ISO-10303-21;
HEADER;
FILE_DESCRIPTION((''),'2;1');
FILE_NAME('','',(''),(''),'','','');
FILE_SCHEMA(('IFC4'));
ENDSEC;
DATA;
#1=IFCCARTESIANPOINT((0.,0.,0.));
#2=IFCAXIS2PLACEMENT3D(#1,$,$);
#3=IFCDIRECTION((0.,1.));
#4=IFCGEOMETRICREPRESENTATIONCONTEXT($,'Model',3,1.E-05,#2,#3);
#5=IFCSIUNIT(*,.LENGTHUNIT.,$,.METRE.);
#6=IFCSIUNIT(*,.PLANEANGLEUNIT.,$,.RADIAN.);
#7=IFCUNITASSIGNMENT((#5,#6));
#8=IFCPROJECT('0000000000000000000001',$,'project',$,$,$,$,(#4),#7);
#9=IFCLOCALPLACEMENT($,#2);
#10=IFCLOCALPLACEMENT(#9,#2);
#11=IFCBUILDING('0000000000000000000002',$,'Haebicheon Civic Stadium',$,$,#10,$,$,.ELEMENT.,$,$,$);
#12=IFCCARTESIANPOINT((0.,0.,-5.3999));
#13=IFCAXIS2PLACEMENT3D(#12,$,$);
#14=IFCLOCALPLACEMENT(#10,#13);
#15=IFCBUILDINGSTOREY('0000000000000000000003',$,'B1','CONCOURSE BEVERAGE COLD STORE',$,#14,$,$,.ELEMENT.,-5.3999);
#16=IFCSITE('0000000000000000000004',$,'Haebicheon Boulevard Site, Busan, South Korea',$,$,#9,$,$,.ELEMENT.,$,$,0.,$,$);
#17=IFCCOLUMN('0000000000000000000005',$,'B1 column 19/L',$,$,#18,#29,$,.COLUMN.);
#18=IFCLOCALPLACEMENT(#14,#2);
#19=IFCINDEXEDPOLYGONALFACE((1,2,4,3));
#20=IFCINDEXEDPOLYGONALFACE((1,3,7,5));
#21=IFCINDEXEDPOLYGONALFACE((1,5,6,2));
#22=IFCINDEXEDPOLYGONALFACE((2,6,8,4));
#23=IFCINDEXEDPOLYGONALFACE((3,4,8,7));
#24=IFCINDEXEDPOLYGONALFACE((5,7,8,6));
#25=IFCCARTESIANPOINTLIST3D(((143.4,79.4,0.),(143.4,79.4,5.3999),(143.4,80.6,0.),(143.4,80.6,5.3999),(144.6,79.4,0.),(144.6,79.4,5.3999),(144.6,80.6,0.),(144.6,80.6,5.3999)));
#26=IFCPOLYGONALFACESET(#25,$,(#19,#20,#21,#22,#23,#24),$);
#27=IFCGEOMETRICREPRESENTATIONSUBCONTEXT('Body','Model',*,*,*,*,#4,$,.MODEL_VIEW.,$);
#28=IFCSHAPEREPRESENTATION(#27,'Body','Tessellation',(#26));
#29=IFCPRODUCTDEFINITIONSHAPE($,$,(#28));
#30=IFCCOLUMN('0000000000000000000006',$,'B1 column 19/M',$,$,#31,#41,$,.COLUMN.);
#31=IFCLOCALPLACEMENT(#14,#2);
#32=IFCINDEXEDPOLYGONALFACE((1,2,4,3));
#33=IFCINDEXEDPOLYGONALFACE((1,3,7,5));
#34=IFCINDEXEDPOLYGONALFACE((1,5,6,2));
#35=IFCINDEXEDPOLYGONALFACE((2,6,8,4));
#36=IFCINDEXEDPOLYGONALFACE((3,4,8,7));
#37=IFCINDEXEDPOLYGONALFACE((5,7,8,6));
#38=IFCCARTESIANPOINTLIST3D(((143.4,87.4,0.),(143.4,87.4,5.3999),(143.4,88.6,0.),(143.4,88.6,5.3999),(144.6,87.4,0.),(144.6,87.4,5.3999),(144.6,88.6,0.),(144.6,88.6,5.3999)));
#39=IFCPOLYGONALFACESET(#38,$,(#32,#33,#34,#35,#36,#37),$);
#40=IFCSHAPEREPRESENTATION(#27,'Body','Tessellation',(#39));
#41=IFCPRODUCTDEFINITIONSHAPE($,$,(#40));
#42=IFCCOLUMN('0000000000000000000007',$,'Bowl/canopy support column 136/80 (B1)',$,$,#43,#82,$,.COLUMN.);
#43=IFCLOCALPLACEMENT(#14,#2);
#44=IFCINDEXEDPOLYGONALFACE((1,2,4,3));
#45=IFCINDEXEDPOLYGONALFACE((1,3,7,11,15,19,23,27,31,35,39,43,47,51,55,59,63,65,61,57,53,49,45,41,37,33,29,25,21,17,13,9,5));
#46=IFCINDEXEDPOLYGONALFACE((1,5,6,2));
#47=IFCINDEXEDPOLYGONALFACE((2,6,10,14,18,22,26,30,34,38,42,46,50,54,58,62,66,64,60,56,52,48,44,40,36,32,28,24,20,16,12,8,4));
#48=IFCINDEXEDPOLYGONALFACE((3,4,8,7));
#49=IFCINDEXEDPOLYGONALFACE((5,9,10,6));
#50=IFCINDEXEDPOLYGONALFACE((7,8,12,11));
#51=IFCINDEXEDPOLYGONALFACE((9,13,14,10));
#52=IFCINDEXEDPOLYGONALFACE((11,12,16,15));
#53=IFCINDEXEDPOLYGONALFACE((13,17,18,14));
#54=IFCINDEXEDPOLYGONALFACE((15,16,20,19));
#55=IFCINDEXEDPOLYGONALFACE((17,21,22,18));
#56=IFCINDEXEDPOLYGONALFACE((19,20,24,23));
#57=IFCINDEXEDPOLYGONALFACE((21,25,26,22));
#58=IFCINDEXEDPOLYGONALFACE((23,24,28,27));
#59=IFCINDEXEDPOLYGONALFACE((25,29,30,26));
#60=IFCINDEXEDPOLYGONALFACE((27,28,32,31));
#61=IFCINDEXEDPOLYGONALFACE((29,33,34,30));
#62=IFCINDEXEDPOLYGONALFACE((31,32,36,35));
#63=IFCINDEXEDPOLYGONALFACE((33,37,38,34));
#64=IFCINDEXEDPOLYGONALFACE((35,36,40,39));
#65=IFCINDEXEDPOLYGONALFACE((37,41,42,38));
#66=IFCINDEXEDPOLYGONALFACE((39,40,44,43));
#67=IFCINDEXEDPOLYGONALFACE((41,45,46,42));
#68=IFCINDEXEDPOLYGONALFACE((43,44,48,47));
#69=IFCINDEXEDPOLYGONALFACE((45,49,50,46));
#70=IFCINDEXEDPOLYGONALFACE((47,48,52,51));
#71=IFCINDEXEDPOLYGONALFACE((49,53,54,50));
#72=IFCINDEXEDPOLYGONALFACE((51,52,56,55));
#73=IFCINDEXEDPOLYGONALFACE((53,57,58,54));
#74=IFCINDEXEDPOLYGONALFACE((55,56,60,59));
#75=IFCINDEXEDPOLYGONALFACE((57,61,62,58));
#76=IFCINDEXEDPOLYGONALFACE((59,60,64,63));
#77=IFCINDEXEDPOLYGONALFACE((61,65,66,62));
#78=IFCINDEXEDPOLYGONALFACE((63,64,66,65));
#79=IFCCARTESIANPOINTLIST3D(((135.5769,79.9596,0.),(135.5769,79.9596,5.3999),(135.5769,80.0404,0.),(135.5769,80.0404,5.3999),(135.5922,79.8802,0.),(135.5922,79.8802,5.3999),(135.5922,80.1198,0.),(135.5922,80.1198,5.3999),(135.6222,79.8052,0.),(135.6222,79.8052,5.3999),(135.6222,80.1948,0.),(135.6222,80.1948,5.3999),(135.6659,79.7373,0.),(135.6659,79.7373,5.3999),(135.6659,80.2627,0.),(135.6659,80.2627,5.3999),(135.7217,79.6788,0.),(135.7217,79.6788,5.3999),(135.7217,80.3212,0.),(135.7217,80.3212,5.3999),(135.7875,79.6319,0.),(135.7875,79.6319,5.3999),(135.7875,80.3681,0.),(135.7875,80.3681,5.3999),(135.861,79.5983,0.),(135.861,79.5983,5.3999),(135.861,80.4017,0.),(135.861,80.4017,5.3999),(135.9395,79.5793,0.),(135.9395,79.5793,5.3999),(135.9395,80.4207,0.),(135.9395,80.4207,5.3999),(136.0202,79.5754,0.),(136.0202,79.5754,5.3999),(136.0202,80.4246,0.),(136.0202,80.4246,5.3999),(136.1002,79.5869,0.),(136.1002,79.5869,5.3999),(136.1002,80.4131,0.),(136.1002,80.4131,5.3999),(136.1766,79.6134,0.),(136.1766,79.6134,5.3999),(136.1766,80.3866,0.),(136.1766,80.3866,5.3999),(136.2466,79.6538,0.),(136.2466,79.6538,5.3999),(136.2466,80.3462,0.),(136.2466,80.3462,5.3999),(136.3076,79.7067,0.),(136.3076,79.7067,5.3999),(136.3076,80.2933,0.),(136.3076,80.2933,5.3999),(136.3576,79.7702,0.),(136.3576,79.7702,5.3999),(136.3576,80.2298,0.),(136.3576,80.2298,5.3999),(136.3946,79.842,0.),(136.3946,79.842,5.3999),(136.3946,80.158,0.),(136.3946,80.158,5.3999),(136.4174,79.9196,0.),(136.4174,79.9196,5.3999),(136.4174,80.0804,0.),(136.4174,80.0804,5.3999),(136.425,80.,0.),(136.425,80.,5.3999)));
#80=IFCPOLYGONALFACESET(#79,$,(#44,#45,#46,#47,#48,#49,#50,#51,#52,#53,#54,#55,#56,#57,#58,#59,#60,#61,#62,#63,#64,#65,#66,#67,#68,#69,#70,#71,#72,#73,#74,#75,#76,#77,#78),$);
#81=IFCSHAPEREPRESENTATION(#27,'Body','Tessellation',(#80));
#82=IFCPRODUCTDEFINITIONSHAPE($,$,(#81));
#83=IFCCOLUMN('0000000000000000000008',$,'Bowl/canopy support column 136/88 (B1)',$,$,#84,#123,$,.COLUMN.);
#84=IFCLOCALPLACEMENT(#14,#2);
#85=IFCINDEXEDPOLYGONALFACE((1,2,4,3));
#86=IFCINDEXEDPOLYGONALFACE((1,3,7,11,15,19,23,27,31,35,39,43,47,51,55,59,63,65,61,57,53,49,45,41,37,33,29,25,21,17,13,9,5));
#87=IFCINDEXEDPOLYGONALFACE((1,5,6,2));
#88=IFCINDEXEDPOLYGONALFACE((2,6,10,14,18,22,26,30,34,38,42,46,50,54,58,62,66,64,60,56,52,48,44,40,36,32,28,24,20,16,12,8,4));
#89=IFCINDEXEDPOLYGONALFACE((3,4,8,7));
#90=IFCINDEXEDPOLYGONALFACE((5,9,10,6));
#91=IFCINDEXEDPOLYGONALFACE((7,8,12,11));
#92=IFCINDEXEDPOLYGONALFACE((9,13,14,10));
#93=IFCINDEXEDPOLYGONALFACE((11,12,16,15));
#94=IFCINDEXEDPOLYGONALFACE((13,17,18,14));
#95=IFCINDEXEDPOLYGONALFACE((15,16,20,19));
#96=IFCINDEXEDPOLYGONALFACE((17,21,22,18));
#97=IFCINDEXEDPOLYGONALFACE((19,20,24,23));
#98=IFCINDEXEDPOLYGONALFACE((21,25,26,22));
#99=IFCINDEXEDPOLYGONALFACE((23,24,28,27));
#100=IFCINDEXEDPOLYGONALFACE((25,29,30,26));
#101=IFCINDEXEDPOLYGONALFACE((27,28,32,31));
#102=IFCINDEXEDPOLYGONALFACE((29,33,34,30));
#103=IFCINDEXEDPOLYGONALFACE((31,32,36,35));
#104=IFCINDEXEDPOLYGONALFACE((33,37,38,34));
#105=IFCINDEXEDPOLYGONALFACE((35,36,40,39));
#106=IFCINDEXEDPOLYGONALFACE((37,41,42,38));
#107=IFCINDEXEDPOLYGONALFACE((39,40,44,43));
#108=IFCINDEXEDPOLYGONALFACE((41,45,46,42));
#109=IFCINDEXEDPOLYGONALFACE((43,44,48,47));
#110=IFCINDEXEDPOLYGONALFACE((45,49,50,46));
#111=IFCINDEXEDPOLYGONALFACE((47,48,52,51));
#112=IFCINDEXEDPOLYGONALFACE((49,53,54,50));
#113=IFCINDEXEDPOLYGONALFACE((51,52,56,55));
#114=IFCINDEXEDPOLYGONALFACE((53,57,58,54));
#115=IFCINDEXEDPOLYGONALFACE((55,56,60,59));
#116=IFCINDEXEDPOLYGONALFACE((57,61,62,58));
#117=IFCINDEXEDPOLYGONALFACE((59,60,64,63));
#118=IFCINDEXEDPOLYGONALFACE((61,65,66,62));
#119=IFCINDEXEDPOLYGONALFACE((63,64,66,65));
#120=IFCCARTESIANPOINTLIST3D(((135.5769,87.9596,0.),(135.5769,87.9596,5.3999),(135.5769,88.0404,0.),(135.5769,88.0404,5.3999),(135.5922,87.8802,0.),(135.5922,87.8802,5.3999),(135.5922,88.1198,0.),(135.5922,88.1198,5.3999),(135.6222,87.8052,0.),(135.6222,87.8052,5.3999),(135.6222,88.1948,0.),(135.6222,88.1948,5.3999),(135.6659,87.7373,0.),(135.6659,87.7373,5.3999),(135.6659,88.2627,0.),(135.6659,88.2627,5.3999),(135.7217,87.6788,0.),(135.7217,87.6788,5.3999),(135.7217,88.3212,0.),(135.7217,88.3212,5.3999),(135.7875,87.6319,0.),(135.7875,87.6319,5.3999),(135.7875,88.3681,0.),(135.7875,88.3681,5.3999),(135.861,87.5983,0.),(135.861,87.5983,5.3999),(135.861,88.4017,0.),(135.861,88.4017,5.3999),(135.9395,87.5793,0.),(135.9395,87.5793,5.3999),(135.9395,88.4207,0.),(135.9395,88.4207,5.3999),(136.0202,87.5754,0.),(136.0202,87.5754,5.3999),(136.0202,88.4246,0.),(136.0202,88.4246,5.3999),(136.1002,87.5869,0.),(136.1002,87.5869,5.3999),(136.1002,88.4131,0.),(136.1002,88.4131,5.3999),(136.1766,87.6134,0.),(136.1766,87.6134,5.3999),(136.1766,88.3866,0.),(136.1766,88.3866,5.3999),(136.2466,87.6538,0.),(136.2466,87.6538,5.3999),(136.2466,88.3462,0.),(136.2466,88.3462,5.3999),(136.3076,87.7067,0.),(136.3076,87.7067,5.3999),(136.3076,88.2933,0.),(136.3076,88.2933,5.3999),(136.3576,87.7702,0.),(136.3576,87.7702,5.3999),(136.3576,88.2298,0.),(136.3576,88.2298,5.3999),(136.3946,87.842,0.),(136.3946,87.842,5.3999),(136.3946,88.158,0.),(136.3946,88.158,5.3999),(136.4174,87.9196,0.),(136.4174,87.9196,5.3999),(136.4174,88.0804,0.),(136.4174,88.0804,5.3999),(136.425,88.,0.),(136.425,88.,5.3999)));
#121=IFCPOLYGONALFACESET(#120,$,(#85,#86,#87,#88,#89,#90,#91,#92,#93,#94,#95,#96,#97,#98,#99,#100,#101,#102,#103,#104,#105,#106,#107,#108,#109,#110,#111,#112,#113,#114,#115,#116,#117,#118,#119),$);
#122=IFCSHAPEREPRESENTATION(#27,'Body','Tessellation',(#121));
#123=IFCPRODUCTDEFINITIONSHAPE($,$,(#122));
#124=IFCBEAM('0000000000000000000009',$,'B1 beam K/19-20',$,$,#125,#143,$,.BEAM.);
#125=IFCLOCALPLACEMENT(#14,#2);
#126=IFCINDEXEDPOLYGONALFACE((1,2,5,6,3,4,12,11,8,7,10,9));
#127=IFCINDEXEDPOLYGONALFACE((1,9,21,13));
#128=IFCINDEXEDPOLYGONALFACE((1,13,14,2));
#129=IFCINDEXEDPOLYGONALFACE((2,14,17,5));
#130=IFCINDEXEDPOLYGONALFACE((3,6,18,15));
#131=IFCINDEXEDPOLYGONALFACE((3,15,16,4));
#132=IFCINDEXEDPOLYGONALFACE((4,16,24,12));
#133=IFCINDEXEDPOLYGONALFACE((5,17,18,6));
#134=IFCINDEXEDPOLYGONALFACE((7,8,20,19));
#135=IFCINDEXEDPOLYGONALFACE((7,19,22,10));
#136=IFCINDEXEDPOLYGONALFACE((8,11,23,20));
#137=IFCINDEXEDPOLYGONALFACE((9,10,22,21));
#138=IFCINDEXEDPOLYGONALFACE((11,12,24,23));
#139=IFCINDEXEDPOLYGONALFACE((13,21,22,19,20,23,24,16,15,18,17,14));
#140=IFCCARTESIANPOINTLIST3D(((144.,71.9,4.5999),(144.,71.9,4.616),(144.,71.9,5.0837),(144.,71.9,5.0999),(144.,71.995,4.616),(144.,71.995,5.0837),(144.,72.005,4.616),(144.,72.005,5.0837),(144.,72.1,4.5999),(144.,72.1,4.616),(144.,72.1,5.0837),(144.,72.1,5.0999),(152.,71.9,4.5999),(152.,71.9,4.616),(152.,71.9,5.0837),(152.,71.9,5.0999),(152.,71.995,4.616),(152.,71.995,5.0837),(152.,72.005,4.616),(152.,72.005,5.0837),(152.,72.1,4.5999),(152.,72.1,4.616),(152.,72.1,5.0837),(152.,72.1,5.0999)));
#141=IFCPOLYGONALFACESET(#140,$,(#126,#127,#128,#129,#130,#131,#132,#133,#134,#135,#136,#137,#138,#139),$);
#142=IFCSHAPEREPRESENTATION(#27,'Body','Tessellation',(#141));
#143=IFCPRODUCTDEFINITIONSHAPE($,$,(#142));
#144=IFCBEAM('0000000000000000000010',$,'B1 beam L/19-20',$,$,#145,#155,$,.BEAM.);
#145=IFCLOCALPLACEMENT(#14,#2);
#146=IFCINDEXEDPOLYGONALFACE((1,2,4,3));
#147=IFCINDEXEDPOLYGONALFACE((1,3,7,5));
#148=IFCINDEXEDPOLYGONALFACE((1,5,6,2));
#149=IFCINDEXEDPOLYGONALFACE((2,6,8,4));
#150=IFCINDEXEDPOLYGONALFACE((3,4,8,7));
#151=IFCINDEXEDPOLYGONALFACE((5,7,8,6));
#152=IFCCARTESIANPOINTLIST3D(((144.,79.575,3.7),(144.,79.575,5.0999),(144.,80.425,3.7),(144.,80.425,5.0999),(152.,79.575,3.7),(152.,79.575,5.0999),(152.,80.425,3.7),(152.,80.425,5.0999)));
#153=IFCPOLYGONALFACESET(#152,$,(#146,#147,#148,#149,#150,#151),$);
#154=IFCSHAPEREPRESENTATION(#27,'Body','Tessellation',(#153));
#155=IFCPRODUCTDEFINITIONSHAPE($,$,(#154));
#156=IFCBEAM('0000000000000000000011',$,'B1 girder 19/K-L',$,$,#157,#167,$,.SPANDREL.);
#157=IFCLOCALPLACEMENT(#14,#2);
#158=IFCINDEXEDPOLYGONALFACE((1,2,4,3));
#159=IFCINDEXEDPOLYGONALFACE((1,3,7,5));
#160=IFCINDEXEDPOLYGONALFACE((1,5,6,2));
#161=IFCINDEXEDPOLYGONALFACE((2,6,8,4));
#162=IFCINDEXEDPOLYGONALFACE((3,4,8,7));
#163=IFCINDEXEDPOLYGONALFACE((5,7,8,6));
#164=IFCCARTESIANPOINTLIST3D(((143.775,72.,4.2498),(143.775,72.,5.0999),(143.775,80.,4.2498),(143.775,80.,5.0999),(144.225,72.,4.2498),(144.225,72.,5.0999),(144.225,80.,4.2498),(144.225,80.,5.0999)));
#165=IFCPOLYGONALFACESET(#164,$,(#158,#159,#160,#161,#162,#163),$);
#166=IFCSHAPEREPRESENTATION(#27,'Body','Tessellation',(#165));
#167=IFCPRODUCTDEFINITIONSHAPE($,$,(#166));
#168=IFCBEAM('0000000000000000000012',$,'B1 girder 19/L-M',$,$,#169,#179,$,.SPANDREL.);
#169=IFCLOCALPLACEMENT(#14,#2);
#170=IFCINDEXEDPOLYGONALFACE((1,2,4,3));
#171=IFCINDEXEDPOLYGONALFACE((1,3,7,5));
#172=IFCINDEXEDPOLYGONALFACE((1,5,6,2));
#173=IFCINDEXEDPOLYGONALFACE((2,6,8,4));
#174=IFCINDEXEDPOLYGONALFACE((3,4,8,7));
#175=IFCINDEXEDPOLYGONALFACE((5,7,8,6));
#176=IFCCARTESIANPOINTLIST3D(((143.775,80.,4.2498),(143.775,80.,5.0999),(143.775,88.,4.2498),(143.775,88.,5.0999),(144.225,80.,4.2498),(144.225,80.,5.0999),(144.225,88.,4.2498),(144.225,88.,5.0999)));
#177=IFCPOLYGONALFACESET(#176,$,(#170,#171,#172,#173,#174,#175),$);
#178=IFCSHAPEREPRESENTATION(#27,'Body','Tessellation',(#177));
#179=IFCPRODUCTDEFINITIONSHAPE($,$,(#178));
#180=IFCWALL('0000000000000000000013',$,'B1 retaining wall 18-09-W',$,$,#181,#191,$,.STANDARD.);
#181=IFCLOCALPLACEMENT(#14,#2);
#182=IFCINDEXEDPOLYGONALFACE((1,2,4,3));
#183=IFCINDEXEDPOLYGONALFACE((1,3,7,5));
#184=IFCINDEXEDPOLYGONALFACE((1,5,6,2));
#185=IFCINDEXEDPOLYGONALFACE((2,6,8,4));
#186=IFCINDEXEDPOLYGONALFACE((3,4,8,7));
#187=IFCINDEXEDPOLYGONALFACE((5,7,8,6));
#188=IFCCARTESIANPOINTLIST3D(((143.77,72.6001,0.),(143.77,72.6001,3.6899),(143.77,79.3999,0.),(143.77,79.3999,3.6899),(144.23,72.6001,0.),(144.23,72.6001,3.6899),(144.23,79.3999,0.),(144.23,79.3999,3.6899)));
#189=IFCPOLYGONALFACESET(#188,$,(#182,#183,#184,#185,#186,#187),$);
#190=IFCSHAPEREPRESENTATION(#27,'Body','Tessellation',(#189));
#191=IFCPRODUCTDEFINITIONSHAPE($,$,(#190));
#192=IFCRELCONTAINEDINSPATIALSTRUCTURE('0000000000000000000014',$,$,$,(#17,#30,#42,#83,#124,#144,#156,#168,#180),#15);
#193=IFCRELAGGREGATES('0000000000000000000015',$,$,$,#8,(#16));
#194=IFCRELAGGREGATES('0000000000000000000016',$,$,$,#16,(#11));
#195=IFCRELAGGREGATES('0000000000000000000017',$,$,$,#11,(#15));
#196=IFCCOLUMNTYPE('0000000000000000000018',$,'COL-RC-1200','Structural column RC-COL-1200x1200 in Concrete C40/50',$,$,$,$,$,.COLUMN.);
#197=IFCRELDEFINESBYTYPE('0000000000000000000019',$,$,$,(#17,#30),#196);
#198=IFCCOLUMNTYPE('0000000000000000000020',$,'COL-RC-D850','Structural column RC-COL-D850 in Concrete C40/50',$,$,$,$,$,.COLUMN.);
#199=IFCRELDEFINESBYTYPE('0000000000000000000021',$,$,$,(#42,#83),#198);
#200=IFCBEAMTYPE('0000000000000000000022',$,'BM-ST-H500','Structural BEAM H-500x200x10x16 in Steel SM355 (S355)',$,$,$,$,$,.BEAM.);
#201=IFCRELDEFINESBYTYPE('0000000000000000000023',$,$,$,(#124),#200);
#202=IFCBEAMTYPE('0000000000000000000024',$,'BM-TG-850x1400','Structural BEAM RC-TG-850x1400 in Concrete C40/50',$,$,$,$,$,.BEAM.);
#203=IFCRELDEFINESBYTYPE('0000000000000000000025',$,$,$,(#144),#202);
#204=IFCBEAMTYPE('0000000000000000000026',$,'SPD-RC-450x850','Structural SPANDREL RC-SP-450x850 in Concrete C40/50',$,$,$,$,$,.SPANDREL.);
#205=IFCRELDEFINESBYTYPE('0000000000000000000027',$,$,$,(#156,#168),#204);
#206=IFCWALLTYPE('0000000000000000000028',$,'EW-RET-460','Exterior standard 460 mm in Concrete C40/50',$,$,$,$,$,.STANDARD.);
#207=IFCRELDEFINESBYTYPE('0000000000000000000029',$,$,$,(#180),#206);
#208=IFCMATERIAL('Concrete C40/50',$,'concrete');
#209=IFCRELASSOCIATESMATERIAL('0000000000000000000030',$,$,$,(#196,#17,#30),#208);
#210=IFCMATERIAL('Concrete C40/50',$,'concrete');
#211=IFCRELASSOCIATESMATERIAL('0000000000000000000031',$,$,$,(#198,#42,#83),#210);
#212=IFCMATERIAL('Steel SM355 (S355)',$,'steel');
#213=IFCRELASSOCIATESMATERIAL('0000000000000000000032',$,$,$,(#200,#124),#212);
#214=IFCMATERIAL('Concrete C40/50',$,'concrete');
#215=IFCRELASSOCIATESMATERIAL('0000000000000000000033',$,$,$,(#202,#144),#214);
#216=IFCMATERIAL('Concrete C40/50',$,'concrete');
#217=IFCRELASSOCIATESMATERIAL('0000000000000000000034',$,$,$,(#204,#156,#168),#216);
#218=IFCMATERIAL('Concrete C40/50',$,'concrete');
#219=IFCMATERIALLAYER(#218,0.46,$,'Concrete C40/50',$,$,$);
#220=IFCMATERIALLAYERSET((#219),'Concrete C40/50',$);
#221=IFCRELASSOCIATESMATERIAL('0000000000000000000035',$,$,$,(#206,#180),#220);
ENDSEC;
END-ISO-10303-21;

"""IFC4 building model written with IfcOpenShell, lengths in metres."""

from ifc_helpers import new_model, si_unit, direction, frame, frame_2d, origin, origin_2d, place, context, subcontext, project, spatial, rectangle, circle, i_section, extrude, material, layer, layer_set, material_profile, profile_set, type_object, element, save


model = new_model("IFC4")

# Units and contexts
model_context = context("Model", 3, precision=1e-05, world=origin(), true_north=direction((0.0, 1.0)))
body_context = subcontext(model_context, "Body", "Model", "MODEL_VIEW")
ifc_project = project(units=[si_unit("LENGTHUNIT", "METRE"), si_unit("PLANEANGLEUNIT", "RADIAN")], contexts=[model_context])

# Site, building, storey
site_placement = place(None, origin())
site = spatial("IfcSite", under=ifc_project, at=site_placement, Name="Haebicheon Boulevard Site, Busan, South Korea", CompositionType="ELEMENT", RefElevation=0.0)
building_placement = place(site_placement, origin())
building = spatial("IfcBuilding", under=site, at=building_placement, Name="Haebicheon Civic Stadium", CompositionType="ELEMENT")
storey_placement = place(building_placement, frame((0.0, 0.0, -5.3999)))
storey = spatial("IfcBuildingStorey", under=building, at=storey_placement, Name="B1", Description="CONCOURSE BEVERAGE COLD STORE", CompositionType="ELEMENT", Elevation=-5.3999)

# Columns
ifc_material_1 = material(Name="Concrete C40/50", Category="concrete")
ifc_material_profile_1 = material_profile(ifc_material_1, rectangle(XDim=1.2, YDim=1.2, at=origin_2d()), Name="RC-COL-1200x1200")
ifc_profile_set_1 = profile_set([ifc_material_profile_1], Name="Concrete C40/50")
column_type_1 = type_object("IfcColumnType", Name="COL-RC-1200", Description="Structural column RC-COL-1200x1200 in Concrete C40/50", PredefinedType="COLUMN", material=ifc_profile_set_1)
for number, where, z_axis, x_axis, name in (
    (1, (144.0, 80.0, 0.0), (0.0, 0.0, 1.0), (1.0, 0.0, 0.0), "B1 column 19/L"),
    (2, (144.0, 88.0, 0.0), (0.0, 0.0, 1.0), (1.0, 0.0, 0.0), "B1 column 19/M"),
):
    element("IfcColumn", number, at=place(storey_placement, frame(where, z_axis=z_axis, x_axis=x_axis)), inside=storey, type_object=column_type_1, material=ifc_profile_set_1, Name=name, PredefinedType="COLUMN", context=body_context, shape_type="SweptSolid", body=[
        extrude(rectangle(XDim=1.2, YDim=1.2, at=origin_2d()), origin(), (0.0, 0.0, 1.0), 5.3999),
    ])
ifc_material_2 = material(Name="Concrete C40/50", Category="concrete")
ifc_material_profile_2 = material_profile(ifc_material_2, circle(Radius=0.425, at=origin_2d()), Name="RC-COL-D850")
ifc_profile_set_2 = profile_set([ifc_material_profile_2], Name="Concrete C40/50")
column_type_2 = type_object("IfcColumnType", Name="COL-RC-D850", Description="Structural column RC-COL-D850 in Concrete C40/50", PredefinedType="COLUMN", material=ifc_profile_set_2)
for number, where, z_axis, x_axis, name in (
    (3, (136.0, 80.0, 0.0), (0.0, 0.0, 1.0), (1.0, 0.0, 0.0), "Bowl/canopy support column 136/80 (B1)"),
    (4, (136.0, 88.0, 0.0), (0.0, 0.0, 1.0), (1.0, 0.0, 0.0), "Bowl/canopy support column 136/88 (B1)"),
):
    element("IfcColumn", number, at=place(storey_placement, frame(where, z_axis=z_axis, x_axis=x_axis)), inside=storey, type_object=column_type_2, material=ifc_profile_set_2, Name=name, PredefinedType="COLUMN", context=body_context, shape_type="SweptSolid", body=[
        extrude(circle(Radius=0.425, at=origin_2d()), origin(), (0.0, 0.0, 1.0), 5.3999),
    ])

# Beams
ifc_material_3 = material(Name="Steel SM355 (S355)", Category="steel")
ifc_material_profile_3 = material_profile(ifc_material_3, i_section(OverallWidth=0.2, OverallDepth=0.5, WebThickness=0.01, FlangeThickness=0.0161, at=origin_2d()), Name="H-500x200x10x16")
ifc_profile_set_3 = profile_set([ifc_material_profile_3], Name="Steel SM355 (S355)")
beam_type_1 = type_object("IfcBeamType", Name="BM-ST-H500", Description="Structural BEAM H-500x200x10x16 in Steel SM355 (S355)", PredefinedType="BEAM", material=ifc_profile_set_3)
beam_1_placement = place(storey_placement, frame((144.0, 72.0, 4.8499), z_axis=(1.0, 0.0, 0.0), x_axis=(0.0, 1.0, 0.0)))
element("IfcBeam", 5, at=beam_1_placement, inside=storey, type_object=beam_type_1, material=ifc_profile_set_3, Name="B1 beam K/19-20", PredefinedType="BEAM", context=body_context, shape_type="SweptSolid", body=[
    extrude(i_section(OverallWidth=0.2, OverallDepth=0.5, WebThickness=0.01, FlangeThickness=0.0161, at=origin_2d()), origin(), (0.0, 0.0, 1.0), 8.0),
])
ifc_material_4 = material(Name="Concrete C40/50", Category="concrete")
ifc_material_profile_4 = material_profile(ifc_material_4, rectangle(XDim=0.8501, YDim=1.3999, at=origin_2d()), Name="RC-TG-850x1400")
ifc_profile_set_4 = profile_set([ifc_material_profile_4], Name="Concrete C40/50")
beam_type_2 = type_object("IfcBeamType", Name="BM-TG-850x1400", Description="Structural BEAM RC-TG-850x1400 in Concrete C40/50", PredefinedType="BEAM", material=ifc_profile_set_4)
beam_2_placement = place(storey_placement, frame((144.0, 80.0, 4.3999), z_axis=(1.0, 0.0, 0.0), x_axis=(0.0, 1.0, 0.0)))
element("IfcBeam", 6, at=beam_2_placement, inside=storey, type_object=beam_type_2, material=ifc_profile_set_4, Name="B1 beam L/19-20", PredefinedType="BEAM", context=body_context, shape_type="SweptSolid", body=[
    extrude(rectangle(XDim=0.8501, YDim=1.3999, at=origin_2d()), origin(), (0.0, 0.0, 1.0), 8.0),
])
ifc_material_5 = material(Name="Concrete C40/50", Category="concrete")
ifc_material_profile_5 = material_profile(ifc_material_5, rectangle(XDim=0.45, YDim=0.8501, at=origin_2d()), Name="RC-SP-450x850")
ifc_profile_set_5 = profile_set([ifc_material_profile_5], Name="Concrete C40/50")
beam_type_3 = type_object("IfcBeamType", Name="SPD-RC-450x850", Description="Structural SPANDREL RC-SP-450x850 in Concrete C40/50", PredefinedType="SPANDREL", material=ifc_profile_set_5)
for number, where, z_axis, x_axis, name in (
    (7, (144.0, 72.0, 4.6748), (0.0, 1.0, 0.0), (-1.0, 0.0, 0.0), "B1 girder 19/K-L"),
    (8, (144.0, 80.0, 4.6748), (0.0, 1.0, 0.0), (-1.0, 0.0, 0.0), "B1 girder 19/L-M"),
):
    element("IfcBeam", number, at=place(storey_placement, frame(where, z_axis=z_axis, x_axis=x_axis)), inside=storey, type_object=beam_type_3, material=ifc_profile_set_5, Name=name, PredefinedType="SPANDREL", context=body_context, shape_type="SweptSolid", body=[
        extrude(rectangle(XDim=0.45, YDim=0.8501, at=origin_2d()), origin(), (0.0, 0.0, 1.0), 8.0),
    ])

# Wall
ifc_material_6 = material(Name="Concrete C40/50", Category="concrete")
ifc_layer_1 = layer(ifc_material_6, 0.46, Name="Concrete C40/50")
ifc_layer_set_1 = layer_set([ifc_layer_1], Name="Concrete C40/50")
wall_type_1 = type_object("IfcWallType", Name="EW-RET-460", Description="Exterior standard 460 mm in Concrete C40/50", PredefinedType="STANDARD", material=ifc_layer_set_1)
wall_1_placement = place(storey_placement, frame((144.0, 72.6001, 0.0), z_axis=(0.0, 0.0, 1.0), x_axis=(0.0, 1.0, 0.0)))
element("IfcWall", 9, at=wall_1_placement, inside=storey, type_object=wall_type_1, material=ifc_layer_set_1, Name="B1 retaining wall 18-09-W", PredefinedType="STANDARD", context=body_context, shape_type="SweptSolid", body=[
    extrude(rectangle(XDim=6.7998, YDim=0.46, at=frame_2d((3.3999, 0.0))), origin(), (0.0, 0.0, 1.0), 3.6899),
])

save(model, "model.ifc")
